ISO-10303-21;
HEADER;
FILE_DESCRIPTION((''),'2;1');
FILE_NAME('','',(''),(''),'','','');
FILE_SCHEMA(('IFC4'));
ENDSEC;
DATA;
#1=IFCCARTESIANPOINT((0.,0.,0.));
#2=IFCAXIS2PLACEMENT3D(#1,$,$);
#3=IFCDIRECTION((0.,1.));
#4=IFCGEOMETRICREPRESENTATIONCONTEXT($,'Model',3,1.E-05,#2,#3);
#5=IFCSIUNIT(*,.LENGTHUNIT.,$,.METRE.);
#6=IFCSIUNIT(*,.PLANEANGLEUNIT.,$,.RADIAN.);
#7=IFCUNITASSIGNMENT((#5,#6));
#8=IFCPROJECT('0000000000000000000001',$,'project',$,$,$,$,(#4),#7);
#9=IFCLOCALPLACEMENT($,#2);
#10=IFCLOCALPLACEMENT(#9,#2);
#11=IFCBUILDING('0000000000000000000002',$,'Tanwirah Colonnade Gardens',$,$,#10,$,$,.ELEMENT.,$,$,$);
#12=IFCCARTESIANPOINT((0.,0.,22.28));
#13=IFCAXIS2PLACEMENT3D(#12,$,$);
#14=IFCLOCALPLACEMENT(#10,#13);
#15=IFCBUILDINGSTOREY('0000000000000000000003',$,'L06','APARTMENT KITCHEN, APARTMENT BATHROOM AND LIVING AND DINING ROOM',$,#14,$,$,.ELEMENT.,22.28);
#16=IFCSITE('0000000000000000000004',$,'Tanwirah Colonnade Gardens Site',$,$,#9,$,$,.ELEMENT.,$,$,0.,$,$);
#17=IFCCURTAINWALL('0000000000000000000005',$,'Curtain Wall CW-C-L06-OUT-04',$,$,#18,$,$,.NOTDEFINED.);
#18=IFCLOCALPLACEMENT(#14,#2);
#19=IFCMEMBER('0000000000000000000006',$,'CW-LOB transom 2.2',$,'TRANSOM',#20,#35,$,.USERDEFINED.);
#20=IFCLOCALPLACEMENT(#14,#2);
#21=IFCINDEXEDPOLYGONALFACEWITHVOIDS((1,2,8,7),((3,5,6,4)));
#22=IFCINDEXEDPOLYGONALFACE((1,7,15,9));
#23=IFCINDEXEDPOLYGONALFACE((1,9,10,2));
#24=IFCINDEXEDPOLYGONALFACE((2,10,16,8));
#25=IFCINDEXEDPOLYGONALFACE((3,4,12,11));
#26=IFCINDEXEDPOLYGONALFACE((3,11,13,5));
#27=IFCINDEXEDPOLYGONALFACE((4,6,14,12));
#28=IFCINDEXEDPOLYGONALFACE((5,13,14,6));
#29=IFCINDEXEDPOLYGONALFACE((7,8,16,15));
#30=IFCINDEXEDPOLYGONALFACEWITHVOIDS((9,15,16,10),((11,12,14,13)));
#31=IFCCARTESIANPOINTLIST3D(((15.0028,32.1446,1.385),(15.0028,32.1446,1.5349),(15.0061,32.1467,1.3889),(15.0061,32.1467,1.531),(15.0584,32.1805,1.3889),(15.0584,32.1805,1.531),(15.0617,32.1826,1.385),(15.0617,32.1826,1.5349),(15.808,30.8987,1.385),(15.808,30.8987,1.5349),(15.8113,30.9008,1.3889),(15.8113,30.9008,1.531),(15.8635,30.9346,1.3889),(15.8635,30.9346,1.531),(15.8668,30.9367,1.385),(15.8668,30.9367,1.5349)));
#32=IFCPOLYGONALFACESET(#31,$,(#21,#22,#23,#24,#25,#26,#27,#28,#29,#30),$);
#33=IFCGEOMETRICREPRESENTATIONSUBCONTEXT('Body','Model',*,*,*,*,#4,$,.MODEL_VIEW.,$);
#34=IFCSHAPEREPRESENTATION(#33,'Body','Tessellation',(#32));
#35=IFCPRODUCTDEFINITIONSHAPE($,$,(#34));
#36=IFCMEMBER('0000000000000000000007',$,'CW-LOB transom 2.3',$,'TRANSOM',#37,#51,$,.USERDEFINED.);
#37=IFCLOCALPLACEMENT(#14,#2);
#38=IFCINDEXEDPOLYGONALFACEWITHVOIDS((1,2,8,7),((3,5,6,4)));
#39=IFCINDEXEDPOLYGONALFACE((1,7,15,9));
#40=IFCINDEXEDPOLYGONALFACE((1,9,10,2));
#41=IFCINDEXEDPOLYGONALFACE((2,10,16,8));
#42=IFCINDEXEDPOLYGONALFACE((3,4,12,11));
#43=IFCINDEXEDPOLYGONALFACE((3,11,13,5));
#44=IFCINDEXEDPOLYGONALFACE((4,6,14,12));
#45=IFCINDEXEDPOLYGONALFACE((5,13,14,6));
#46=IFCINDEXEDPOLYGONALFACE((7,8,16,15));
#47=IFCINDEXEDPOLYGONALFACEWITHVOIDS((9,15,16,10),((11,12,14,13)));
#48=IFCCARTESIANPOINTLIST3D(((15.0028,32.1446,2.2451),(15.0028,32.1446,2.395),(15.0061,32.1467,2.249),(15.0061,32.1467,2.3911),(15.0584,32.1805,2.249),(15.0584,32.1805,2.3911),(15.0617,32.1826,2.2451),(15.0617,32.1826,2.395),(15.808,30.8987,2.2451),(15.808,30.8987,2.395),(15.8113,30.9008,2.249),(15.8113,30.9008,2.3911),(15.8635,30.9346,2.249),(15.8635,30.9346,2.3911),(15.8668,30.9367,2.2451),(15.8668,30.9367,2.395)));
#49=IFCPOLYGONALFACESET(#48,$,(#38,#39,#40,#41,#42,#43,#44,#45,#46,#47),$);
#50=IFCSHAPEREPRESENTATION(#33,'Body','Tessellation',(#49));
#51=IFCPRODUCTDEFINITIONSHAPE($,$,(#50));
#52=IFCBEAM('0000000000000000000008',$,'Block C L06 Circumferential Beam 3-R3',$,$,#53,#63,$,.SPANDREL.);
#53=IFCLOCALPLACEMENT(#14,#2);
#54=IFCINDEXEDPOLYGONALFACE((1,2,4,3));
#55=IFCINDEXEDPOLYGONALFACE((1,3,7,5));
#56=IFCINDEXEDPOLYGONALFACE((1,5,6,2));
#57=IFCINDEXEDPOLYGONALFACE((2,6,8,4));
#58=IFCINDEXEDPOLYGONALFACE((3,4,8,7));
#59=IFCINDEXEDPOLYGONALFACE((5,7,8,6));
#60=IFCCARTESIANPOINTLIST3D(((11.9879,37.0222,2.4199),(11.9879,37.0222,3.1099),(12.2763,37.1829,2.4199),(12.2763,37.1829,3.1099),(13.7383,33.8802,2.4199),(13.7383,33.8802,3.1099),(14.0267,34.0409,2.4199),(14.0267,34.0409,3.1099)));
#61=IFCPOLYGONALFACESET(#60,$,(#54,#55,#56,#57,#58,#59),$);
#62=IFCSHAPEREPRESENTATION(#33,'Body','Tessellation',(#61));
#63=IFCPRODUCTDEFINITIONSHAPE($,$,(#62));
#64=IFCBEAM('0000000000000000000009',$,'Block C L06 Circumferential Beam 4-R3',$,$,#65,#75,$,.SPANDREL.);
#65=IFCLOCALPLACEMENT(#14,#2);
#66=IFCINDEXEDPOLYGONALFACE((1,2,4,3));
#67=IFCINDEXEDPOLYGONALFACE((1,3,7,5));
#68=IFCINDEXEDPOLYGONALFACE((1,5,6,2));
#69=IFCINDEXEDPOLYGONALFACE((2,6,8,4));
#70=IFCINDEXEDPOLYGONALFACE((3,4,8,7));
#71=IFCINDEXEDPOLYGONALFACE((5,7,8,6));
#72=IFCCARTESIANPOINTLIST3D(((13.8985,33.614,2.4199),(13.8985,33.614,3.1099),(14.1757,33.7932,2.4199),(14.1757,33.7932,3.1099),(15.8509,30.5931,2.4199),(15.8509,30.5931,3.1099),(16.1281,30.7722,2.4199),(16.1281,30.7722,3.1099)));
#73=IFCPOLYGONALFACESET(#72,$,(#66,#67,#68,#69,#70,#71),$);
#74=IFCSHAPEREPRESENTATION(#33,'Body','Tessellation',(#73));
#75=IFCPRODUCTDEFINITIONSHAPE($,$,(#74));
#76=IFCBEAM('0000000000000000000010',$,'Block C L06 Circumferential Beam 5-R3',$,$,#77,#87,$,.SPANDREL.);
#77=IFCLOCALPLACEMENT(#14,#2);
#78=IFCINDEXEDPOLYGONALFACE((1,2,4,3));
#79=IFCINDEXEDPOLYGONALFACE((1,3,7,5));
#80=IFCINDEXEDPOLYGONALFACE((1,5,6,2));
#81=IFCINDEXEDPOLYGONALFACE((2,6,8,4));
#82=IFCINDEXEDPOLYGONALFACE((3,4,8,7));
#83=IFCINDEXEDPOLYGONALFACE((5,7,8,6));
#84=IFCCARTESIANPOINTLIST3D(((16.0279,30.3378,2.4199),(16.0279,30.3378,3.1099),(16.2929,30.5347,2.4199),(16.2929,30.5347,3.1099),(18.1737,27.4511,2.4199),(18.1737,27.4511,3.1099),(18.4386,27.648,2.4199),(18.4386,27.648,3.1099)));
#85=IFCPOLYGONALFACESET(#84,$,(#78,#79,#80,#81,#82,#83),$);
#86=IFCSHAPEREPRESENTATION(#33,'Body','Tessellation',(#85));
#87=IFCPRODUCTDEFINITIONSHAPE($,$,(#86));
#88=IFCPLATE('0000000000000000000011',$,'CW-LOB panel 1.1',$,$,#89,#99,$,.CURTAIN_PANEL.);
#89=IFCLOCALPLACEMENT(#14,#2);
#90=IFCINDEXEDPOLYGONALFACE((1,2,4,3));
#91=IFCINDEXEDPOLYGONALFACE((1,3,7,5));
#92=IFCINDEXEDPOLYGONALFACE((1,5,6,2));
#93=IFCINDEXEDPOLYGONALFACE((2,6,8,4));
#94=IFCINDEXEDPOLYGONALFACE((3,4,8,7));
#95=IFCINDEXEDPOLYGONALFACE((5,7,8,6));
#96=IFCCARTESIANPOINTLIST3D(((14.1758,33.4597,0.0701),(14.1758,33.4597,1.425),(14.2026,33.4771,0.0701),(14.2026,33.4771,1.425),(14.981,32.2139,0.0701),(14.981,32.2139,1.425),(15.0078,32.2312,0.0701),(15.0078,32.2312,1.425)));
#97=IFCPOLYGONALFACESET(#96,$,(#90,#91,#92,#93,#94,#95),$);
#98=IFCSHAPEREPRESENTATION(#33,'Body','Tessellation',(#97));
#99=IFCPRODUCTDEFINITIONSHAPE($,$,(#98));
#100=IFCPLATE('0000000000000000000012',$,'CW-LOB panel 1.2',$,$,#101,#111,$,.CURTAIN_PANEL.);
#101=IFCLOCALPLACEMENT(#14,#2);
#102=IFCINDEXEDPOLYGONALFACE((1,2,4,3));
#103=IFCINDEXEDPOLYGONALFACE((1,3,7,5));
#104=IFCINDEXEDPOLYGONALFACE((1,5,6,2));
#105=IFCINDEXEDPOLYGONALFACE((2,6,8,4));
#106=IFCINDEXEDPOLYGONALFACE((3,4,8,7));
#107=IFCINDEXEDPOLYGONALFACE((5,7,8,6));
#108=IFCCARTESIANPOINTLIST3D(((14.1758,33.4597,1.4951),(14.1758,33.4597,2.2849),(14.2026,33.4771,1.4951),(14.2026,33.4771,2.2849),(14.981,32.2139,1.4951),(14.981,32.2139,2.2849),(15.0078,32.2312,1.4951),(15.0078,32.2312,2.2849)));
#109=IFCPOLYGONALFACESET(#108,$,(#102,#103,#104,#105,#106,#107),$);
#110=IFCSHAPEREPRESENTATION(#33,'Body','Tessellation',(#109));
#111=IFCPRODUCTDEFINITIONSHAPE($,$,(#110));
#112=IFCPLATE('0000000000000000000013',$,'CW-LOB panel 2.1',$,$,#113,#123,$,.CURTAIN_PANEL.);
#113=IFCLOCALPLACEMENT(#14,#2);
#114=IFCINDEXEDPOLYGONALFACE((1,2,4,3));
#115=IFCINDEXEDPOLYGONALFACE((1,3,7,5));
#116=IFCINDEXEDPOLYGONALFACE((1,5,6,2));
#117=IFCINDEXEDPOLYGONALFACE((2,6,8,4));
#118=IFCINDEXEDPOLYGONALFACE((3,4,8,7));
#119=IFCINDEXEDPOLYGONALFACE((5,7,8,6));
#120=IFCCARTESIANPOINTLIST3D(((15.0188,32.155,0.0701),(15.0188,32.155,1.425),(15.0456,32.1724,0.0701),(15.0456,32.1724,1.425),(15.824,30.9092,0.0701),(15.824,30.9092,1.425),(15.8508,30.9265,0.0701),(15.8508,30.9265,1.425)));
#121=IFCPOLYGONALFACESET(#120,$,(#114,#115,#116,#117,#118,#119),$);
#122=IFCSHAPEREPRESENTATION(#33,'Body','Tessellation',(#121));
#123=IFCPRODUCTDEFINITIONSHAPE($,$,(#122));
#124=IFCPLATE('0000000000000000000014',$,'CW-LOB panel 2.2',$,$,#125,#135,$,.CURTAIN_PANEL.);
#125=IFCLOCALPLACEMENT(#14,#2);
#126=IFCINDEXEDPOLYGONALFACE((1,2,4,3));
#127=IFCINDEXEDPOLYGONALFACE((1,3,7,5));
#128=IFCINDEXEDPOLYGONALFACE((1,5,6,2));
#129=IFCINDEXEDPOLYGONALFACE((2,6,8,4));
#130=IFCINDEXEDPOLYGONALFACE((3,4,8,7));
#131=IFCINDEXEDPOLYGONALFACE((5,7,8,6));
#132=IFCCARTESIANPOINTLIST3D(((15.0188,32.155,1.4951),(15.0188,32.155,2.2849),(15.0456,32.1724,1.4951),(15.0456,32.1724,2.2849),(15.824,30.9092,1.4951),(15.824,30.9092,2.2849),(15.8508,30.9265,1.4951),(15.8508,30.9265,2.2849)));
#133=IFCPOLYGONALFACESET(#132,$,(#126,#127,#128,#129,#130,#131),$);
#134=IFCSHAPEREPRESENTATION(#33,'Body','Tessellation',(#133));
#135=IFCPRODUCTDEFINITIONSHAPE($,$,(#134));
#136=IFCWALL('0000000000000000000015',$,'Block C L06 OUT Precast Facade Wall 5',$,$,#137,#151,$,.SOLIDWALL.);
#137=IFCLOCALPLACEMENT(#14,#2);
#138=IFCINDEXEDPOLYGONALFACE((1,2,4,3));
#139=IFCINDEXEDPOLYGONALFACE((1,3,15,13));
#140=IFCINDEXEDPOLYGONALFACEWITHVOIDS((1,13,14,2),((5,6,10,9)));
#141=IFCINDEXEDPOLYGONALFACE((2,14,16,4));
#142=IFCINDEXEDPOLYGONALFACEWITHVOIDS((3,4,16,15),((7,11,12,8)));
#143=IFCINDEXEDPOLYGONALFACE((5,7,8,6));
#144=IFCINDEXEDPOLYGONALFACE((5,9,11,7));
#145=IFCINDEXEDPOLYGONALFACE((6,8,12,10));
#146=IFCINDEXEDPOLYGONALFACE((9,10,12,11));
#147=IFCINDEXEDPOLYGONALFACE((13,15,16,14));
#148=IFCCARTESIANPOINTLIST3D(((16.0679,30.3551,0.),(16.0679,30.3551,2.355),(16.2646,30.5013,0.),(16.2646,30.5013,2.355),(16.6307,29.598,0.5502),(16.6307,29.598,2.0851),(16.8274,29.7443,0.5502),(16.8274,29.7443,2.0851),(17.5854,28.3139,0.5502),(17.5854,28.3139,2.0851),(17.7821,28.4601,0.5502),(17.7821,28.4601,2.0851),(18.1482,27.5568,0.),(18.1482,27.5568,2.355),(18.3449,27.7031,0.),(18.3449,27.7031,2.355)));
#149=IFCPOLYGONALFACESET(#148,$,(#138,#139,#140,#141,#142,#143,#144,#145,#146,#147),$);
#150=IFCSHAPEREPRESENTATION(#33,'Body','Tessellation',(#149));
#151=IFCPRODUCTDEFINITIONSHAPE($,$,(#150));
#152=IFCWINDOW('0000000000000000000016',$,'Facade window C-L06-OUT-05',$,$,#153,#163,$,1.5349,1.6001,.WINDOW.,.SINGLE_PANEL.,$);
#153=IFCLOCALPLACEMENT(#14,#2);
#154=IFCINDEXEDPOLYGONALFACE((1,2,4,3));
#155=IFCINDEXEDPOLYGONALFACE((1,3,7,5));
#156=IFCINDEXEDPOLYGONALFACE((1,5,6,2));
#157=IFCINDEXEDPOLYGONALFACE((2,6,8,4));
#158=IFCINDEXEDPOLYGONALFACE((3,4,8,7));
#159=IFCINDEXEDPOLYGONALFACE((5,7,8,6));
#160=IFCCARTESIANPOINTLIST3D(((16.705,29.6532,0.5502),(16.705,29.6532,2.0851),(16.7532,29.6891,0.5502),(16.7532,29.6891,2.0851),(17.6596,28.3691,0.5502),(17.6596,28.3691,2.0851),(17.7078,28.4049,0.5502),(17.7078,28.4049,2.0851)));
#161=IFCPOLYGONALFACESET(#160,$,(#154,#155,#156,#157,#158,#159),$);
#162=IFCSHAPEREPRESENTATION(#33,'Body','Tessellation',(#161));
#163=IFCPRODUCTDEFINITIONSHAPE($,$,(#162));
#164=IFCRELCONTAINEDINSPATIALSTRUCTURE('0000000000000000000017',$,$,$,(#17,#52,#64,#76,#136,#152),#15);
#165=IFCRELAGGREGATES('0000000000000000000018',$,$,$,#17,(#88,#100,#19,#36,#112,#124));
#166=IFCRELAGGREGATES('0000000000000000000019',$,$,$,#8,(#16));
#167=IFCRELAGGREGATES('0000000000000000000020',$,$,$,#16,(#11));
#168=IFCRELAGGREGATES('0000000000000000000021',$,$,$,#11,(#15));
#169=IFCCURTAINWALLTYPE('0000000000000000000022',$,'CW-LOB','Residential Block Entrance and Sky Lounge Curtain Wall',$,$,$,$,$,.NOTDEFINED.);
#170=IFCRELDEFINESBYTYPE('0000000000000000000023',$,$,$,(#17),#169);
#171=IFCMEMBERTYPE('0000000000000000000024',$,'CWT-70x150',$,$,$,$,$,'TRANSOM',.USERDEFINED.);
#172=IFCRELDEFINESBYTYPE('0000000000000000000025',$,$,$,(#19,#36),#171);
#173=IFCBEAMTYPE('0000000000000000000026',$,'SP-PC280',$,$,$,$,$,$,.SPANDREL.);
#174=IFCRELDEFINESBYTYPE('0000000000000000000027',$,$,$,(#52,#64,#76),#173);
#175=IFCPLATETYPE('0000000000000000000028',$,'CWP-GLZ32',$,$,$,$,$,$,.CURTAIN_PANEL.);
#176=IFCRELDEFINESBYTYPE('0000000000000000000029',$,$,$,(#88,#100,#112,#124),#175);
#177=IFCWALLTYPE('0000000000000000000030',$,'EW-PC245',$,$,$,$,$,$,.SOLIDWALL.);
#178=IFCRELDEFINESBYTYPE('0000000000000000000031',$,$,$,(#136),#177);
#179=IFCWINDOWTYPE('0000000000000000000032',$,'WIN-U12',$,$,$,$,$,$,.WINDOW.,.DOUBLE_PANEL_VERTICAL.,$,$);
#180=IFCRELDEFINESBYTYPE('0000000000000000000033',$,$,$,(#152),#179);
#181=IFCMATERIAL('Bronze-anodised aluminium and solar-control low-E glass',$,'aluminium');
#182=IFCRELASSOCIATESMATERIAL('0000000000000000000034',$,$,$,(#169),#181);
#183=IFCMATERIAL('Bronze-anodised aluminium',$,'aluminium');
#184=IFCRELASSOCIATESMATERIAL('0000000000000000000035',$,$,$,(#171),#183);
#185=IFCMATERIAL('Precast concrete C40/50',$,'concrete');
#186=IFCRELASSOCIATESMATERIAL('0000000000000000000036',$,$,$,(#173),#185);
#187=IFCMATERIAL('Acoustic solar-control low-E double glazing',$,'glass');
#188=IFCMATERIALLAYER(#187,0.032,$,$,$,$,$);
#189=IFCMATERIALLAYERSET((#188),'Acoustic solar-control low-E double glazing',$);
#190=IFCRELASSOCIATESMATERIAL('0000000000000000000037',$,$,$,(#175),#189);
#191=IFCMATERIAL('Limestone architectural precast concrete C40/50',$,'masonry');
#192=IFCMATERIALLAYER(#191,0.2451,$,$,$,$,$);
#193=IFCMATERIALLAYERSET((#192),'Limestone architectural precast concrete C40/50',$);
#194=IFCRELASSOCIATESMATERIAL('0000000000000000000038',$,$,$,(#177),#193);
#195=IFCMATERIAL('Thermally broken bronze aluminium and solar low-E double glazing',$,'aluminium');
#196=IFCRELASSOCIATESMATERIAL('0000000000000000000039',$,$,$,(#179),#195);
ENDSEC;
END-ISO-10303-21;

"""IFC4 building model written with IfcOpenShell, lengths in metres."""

from ifc_helpers import new_model, si_unit, direction, frame, frame_2d, origin, origin_2d, place, context, subcontext, project, spatial, rectangle, hollow_rectangle, extrude, material, layer, layer_set, material_profile, profile_set, type_object, element, fill, aggregate, save


model = new_model("IFC4")

# Units and contexts
model_context = context("Model", 3, precision=1e-05, world=origin(), true_north=direction((0.0, 1.0)))
body_context = subcontext(model_context, "Body", "Model", "MODEL_VIEW")
ifc_project = project(units=[si_unit("LENGTHUNIT", "METRE"), si_unit("PLANEANGLEUNIT", "RADIAN")], contexts=[model_context])

# Site, building, storey
site_placement = place(None, origin())
site = spatial("IfcSite", under=ifc_project, at=site_placement, Name="Tanwirah Colonnade Gardens Site", CompositionType="ELEMENT", RefElevation=0.0)
building_placement = place(site_placement, origin())
building = spatial("IfcBuilding", under=site, at=building_placement, Name="Tanwirah Colonnade Gardens", CompositionType="ELEMENT")
storey_placement = place(building_placement, frame((0.0, 0.0, 22.28)))
storey = spatial("IfcBuildingStorey", under=building, at=storey_placement, Name="L06", Description="APARTMENT KITCHEN, APARTMENT BATHROOM AND LIVING AND DINING ROOM", CompositionType="ELEMENT", Elevation=22.28)

# Shared definitions
ifc_material_1 = material(Name="Precast concrete C40/50", Category="concrete")

# Curtain wall, members
ifc_material_2 = material(Name="Bronze-anodised aluminium and solar-control low-E glass", Category="aluminium")
curtain_wall_type = type_object("IfcCurtainWallType", Name="CW-LOB", Description="Residential Block Entrance and Sky Lounge Curtain Wall", PredefinedType="NOTDEFINED", material=ifc_material_2)
curtain_wall_placement = place(storey_placement, origin())
curtain_wall = element("IfcCurtainWall", 1, at=curtain_wall_placement, inside=storey, type_object=curtain_wall_type, Name="Curtain Wall CW-C-L06-OUT-04", PredefinedType="NOTDEFINED")
ifc_material_3 = material(Name="Bronze-anodised aluminium", Category="aluminium")
ifc_material_profile_1 = material_profile(ifc_material_3, hollow_rectangle(XDim=0.0701, YDim=0.1499, WallThickness=0.0039, at=origin_2d()), Name="CW-TRN 70x150x4")
ifc_profile_set_1 = profile_set([ifc_material_profile_1], Name="Bronze-anodised aluminium")
member_type_1 = type_object("IfcMemberType", Name="CWT-70x150", ElementType="TRANSOM", PredefinedType="USERDEFINED", material=ifc_profile_set_1)
member_1_placement = place(storey_placement, frame((15.0322, 32.1636, 1.46), z_axis=(0.542794, -0.839866, 0.0), x_axis=(0.839866, 0.542794, 0.0)))
member_1 = element("IfcMember", 2, at=member_1_placement, type_object=member_type_1, Name="CW-LOB transom 2.2", ObjectType="TRANSOM", PredefinedType="USERDEFINED", context=body_context, shape_type="SweptSolid", body=[
    extrude(hollow_rectangle(XDim=0.0701, YDim=0.1499, WallThickness=0.0039, at=origin_2d()), origin(), (0.0, 0.0, 1.0), 1.4834),
])
member_2_placement = place(storey_placement, frame((15.0322, 32.1636, 2.3201), z_axis=(0.542794, -0.839866, 0.0), x_axis=(0.839866, 0.542794, 0.0)))
member_2 = element("IfcMember", 3, at=member_2_placement, type_object=member_type_1, Name="CW-LOB transom 2.3", ObjectType="TRANSOM", PredefinedType="USERDEFINED", context=body_context, shape_type="SweptSolid", body=[
    extrude(hollow_rectangle(XDim=0.0701, YDim=0.1499, WallThickness=0.0039, at=origin_2d()), origin(), (0.0, 0.0, 1.0), 1.4834),
])

# Beams
ifc_material_profile_2 = material_profile(ifc_material_1, rectangle(XDim=0.3301, YDim=0.6899, at=origin_2d()), Name="PC-SP 330x690")
ifc_profile_set_2 = profile_set([ifc_material_profile_2], Name="Precast concrete C40/50")
beam_type_1 = type_object("IfcBeamType", Name="SP-PC280", PredefinedType="SPANDREL", material=ifc_profile_set_2)
beam_1_placement = place(storey_placement, frame((12.1321, 37.1025, 2.7649), z_axis=(0.48668, -0.87358, 0.0), x_axis=(0.87358, 0.48668, 0.0)))
element("IfcBeam", 4, at=beam_1_placement, inside=storey, type_object=beam_type_1, Name="Block C L06 Circumferential Beam 3-R3", PredefinedType="SPANDREL", context=body_context, shape_type="SweptSolid", body=[
    extrude(rectangle(XDim=0.3301, YDim=0.6899, at=origin_2d()), origin(), (0.0, 0.0, 1.0), 3.5967),
])
for number, where, z_axis, x_axis, name in (
    (5, (14.0371, 33.7036, 2.7649), (0.542787, -0.83987, 0.0), (0.83987, 0.542787, 0.0), "Block C L06 Circumferential Beam 4-R3"),
    (6, (16.1604, 30.4363, 2.7649), (0.596563, -0.802566, 0.0), (0.802566, 0.596563, 0.0), "Block C L06 Circumferential Beam 5-R3"),
):
    element("IfcBeam", number, at=place(storey_placement, frame(where, z_axis=z_axis, x_axis=x_axis)), inside=storey, type_object=beam_type_1, Name=name, PredefinedType="SPANDREL", context=body_context, shape_type="SweptSolid", body=[
        extrude(rectangle(XDim=0.3301, YDim=0.6899, at=origin_2d()), origin(), (0.0, 0.0, 1.0), 3.5969),
    ])

# Plates
ifc_material_4 = material(Name="Acoustic solar-control low-E double glazing", Category="glass")
ifc_layer_1 = layer(ifc_material_4, 0.032)
ifc_layer_set_1 = layer_set([ifc_layer_1], Name="Acoustic solar-control low-E double glazing")
plate_type = type_object("IfcPlateType", Name="CWP-GLZ32", PredefinedType="CURTAIN_PANEL", material=ifc_layer_set_1)
plate_1_placement = place(storey_placement, frame((14.5918, 32.8455, 0.0701), z_axis=(0.0, 0.0, 1.0), x_axis=(0.542807, -0.839857, 0.0)))
plate_1 = element("IfcPlate", 7, at=plate_1_placement, type_object=plate_type, Name="CW-LOB panel 1.1", PredefinedType="CURTAIN_PANEL", context=body_context, shape_type="SweptSolid", body=[
    extrude(rectangle(XDim=1.4834, YDim=0.032, at=origin_2d()), origin(), (0.0, 0.0, 1.0), 1.355),
])
plate_2_placement = place(storey_placement, frame((14.5918, 32.8455, 1.4951), z_axis=(0.0, 0.0, 1.0), x_axis=(0.542807, -0.839857, 0.0)))
plate_2 = element("IfcPlate", 8, at=plate_2_placement, type_object=plate_type, Name="CW-LOB panel 1.2", PredefinedType="CURTAIN_PANEL", context=body_context, shape_type="SweptSolid", body=[
    extrude(rectangle(XDim=1.4834, YDim=0.032, at=origin_2d()), origin(), (0.0, 0.0, 1.0), 0.7898),
])
plate_3_placement = place(storey_placement, frame((15.4348, 31.5408, 0.0701), z_axis=(0.0, 0.0, 1.0), x_axis=(0.542807, -0.839857, 0.0)))
plate_3 = element("IfcPlate", 9, at=plate_3_placement, type_object=plate_type, Name="CW-LOB panel 2.1", PredefinedType="CURTAIN_PANEL", context=body_context, shape_type="SweptSolid", body=[
    extrude(rectangle(XDim=1.4834, YDim=0.032, at=origin_2d()), origin(), (0.0, 0.0, 1.0), 1.355),
])
plate_4_placement = place(storey_placement, frame((15.4348, 31.5408, 1.4951), z_axis=(0.0, 0.0, 1.0), x_axis=(0.542807, -0.839857, 0.0)))
plate_4 = element("IfcPlate", 10, at=plate_4_placement, type_object=plate_type, Name="CW-LOB panel 2.2", PredefinedType="CURTAIN_PANEL", context=body_context, shape_type="SweptSolid", body=[
    extrude(rectangle(XDim=1.4834, YDim=0.032, at=origin_2d()), origin(), (0.0, 0.0, 1.0), 0.7898),
])
aggregate(curtain_wall, [plate_1, plate_2, member_1, member_2, plate_3, plate_4])

# Shared definitions
ifc_material_5 = material(Name="Limestone architectural precast concrete C40/50", Category="masonry")
ifc_layer_2 = layer(ifc_material_5, 0.2451)
ifc_layer_set_2 = layer_set([ifc_layer_2], Name="Limestone architectural precast concrete C40/50")
wall_type = type_object("IfcWallType", Name="EW-PC245", PredefinedType="SOLIDWALL", material=ifc_layer_set_2)

# Wall, opening, window
wall_1_placement = place(storey_placement, frame((16.1663, 30.4282, 0.0), z_axis=(0.0, 0.0, 1.0), x_axis=(0.596611, -0.80253, 0.0)))
wall_1 = element("IfcWall", 11, at=wall_1_placement, inside=storey, type_object=wall_type, Name="Block C L06 OUT Precast Facade Wall 5", PredefinedType="SOLIDWALL", context=body_context, shape_type="SweptSolid", body=[
    extrude(rectangle(XDim=3.4868, YDim=0.2451, at=frame_2d((1.7434, 0.0))), origin(), (0.0, 0.0, 1.0), 2.355),
])
opening_1_placement = place(wall_1_placement, frame((0.9434, 0.0, 0.55)))
opening_1 = element("IfcOpeningElement", 12, at=opening_1_placement, cuts=wall_1, PredefinedType="OPENING", context=body_context, shape_type="SweptSolid", body=[
    extrude(rectangle(XDim=1.6001, YDim=1.5349, at=frame_2d((0.8, 0.7676))), frame((0.0, 0.1326, 0.0), z_axis=(0.0, -1.0, 0.0), x_axis=(1.0, 0.0, 0.0)), (0.0, 0.0, 1.0), 0.2651),
])
ifc_material_6 = material(Name="Thermally broken bronze aluminium and solar low-E double glazing", Category="aluminium")
window_type = type_object("IfcWindowType", Name="WIN-U12", PartitioningType="DOUBLE_PANEL_VERTICAL", PredefinedType="WINDOW", material=ifc_material_6)
window_placement = place(opening_1_placement, origin())
window = element("IfcWindow", 13, at=window_placement, inside=storey, type_object=window_type, Name="Facade window C-L06-OUT-05", OverallHeight=1.5349, OverallWidth=1.6001, PartitioningType="SINGLE_PANEL", PredefinedType="WINDOW", context=body_context, shape_type="SweptSolid", body=[
    extrude(rectangle(XDim=1.6001, YDim=1.5349, at=frame_2d((0.8, 0.7676))), frame((0.0, 0.03, 0.0), z_axis=(0.0, -1.0, 0.0), x_axis=(1.0, 0.0, 0.0)), (0.0, 0.0, 1.0), 0.0601),
])
fill(opening_1, window)

save(model, "model.ifc")
